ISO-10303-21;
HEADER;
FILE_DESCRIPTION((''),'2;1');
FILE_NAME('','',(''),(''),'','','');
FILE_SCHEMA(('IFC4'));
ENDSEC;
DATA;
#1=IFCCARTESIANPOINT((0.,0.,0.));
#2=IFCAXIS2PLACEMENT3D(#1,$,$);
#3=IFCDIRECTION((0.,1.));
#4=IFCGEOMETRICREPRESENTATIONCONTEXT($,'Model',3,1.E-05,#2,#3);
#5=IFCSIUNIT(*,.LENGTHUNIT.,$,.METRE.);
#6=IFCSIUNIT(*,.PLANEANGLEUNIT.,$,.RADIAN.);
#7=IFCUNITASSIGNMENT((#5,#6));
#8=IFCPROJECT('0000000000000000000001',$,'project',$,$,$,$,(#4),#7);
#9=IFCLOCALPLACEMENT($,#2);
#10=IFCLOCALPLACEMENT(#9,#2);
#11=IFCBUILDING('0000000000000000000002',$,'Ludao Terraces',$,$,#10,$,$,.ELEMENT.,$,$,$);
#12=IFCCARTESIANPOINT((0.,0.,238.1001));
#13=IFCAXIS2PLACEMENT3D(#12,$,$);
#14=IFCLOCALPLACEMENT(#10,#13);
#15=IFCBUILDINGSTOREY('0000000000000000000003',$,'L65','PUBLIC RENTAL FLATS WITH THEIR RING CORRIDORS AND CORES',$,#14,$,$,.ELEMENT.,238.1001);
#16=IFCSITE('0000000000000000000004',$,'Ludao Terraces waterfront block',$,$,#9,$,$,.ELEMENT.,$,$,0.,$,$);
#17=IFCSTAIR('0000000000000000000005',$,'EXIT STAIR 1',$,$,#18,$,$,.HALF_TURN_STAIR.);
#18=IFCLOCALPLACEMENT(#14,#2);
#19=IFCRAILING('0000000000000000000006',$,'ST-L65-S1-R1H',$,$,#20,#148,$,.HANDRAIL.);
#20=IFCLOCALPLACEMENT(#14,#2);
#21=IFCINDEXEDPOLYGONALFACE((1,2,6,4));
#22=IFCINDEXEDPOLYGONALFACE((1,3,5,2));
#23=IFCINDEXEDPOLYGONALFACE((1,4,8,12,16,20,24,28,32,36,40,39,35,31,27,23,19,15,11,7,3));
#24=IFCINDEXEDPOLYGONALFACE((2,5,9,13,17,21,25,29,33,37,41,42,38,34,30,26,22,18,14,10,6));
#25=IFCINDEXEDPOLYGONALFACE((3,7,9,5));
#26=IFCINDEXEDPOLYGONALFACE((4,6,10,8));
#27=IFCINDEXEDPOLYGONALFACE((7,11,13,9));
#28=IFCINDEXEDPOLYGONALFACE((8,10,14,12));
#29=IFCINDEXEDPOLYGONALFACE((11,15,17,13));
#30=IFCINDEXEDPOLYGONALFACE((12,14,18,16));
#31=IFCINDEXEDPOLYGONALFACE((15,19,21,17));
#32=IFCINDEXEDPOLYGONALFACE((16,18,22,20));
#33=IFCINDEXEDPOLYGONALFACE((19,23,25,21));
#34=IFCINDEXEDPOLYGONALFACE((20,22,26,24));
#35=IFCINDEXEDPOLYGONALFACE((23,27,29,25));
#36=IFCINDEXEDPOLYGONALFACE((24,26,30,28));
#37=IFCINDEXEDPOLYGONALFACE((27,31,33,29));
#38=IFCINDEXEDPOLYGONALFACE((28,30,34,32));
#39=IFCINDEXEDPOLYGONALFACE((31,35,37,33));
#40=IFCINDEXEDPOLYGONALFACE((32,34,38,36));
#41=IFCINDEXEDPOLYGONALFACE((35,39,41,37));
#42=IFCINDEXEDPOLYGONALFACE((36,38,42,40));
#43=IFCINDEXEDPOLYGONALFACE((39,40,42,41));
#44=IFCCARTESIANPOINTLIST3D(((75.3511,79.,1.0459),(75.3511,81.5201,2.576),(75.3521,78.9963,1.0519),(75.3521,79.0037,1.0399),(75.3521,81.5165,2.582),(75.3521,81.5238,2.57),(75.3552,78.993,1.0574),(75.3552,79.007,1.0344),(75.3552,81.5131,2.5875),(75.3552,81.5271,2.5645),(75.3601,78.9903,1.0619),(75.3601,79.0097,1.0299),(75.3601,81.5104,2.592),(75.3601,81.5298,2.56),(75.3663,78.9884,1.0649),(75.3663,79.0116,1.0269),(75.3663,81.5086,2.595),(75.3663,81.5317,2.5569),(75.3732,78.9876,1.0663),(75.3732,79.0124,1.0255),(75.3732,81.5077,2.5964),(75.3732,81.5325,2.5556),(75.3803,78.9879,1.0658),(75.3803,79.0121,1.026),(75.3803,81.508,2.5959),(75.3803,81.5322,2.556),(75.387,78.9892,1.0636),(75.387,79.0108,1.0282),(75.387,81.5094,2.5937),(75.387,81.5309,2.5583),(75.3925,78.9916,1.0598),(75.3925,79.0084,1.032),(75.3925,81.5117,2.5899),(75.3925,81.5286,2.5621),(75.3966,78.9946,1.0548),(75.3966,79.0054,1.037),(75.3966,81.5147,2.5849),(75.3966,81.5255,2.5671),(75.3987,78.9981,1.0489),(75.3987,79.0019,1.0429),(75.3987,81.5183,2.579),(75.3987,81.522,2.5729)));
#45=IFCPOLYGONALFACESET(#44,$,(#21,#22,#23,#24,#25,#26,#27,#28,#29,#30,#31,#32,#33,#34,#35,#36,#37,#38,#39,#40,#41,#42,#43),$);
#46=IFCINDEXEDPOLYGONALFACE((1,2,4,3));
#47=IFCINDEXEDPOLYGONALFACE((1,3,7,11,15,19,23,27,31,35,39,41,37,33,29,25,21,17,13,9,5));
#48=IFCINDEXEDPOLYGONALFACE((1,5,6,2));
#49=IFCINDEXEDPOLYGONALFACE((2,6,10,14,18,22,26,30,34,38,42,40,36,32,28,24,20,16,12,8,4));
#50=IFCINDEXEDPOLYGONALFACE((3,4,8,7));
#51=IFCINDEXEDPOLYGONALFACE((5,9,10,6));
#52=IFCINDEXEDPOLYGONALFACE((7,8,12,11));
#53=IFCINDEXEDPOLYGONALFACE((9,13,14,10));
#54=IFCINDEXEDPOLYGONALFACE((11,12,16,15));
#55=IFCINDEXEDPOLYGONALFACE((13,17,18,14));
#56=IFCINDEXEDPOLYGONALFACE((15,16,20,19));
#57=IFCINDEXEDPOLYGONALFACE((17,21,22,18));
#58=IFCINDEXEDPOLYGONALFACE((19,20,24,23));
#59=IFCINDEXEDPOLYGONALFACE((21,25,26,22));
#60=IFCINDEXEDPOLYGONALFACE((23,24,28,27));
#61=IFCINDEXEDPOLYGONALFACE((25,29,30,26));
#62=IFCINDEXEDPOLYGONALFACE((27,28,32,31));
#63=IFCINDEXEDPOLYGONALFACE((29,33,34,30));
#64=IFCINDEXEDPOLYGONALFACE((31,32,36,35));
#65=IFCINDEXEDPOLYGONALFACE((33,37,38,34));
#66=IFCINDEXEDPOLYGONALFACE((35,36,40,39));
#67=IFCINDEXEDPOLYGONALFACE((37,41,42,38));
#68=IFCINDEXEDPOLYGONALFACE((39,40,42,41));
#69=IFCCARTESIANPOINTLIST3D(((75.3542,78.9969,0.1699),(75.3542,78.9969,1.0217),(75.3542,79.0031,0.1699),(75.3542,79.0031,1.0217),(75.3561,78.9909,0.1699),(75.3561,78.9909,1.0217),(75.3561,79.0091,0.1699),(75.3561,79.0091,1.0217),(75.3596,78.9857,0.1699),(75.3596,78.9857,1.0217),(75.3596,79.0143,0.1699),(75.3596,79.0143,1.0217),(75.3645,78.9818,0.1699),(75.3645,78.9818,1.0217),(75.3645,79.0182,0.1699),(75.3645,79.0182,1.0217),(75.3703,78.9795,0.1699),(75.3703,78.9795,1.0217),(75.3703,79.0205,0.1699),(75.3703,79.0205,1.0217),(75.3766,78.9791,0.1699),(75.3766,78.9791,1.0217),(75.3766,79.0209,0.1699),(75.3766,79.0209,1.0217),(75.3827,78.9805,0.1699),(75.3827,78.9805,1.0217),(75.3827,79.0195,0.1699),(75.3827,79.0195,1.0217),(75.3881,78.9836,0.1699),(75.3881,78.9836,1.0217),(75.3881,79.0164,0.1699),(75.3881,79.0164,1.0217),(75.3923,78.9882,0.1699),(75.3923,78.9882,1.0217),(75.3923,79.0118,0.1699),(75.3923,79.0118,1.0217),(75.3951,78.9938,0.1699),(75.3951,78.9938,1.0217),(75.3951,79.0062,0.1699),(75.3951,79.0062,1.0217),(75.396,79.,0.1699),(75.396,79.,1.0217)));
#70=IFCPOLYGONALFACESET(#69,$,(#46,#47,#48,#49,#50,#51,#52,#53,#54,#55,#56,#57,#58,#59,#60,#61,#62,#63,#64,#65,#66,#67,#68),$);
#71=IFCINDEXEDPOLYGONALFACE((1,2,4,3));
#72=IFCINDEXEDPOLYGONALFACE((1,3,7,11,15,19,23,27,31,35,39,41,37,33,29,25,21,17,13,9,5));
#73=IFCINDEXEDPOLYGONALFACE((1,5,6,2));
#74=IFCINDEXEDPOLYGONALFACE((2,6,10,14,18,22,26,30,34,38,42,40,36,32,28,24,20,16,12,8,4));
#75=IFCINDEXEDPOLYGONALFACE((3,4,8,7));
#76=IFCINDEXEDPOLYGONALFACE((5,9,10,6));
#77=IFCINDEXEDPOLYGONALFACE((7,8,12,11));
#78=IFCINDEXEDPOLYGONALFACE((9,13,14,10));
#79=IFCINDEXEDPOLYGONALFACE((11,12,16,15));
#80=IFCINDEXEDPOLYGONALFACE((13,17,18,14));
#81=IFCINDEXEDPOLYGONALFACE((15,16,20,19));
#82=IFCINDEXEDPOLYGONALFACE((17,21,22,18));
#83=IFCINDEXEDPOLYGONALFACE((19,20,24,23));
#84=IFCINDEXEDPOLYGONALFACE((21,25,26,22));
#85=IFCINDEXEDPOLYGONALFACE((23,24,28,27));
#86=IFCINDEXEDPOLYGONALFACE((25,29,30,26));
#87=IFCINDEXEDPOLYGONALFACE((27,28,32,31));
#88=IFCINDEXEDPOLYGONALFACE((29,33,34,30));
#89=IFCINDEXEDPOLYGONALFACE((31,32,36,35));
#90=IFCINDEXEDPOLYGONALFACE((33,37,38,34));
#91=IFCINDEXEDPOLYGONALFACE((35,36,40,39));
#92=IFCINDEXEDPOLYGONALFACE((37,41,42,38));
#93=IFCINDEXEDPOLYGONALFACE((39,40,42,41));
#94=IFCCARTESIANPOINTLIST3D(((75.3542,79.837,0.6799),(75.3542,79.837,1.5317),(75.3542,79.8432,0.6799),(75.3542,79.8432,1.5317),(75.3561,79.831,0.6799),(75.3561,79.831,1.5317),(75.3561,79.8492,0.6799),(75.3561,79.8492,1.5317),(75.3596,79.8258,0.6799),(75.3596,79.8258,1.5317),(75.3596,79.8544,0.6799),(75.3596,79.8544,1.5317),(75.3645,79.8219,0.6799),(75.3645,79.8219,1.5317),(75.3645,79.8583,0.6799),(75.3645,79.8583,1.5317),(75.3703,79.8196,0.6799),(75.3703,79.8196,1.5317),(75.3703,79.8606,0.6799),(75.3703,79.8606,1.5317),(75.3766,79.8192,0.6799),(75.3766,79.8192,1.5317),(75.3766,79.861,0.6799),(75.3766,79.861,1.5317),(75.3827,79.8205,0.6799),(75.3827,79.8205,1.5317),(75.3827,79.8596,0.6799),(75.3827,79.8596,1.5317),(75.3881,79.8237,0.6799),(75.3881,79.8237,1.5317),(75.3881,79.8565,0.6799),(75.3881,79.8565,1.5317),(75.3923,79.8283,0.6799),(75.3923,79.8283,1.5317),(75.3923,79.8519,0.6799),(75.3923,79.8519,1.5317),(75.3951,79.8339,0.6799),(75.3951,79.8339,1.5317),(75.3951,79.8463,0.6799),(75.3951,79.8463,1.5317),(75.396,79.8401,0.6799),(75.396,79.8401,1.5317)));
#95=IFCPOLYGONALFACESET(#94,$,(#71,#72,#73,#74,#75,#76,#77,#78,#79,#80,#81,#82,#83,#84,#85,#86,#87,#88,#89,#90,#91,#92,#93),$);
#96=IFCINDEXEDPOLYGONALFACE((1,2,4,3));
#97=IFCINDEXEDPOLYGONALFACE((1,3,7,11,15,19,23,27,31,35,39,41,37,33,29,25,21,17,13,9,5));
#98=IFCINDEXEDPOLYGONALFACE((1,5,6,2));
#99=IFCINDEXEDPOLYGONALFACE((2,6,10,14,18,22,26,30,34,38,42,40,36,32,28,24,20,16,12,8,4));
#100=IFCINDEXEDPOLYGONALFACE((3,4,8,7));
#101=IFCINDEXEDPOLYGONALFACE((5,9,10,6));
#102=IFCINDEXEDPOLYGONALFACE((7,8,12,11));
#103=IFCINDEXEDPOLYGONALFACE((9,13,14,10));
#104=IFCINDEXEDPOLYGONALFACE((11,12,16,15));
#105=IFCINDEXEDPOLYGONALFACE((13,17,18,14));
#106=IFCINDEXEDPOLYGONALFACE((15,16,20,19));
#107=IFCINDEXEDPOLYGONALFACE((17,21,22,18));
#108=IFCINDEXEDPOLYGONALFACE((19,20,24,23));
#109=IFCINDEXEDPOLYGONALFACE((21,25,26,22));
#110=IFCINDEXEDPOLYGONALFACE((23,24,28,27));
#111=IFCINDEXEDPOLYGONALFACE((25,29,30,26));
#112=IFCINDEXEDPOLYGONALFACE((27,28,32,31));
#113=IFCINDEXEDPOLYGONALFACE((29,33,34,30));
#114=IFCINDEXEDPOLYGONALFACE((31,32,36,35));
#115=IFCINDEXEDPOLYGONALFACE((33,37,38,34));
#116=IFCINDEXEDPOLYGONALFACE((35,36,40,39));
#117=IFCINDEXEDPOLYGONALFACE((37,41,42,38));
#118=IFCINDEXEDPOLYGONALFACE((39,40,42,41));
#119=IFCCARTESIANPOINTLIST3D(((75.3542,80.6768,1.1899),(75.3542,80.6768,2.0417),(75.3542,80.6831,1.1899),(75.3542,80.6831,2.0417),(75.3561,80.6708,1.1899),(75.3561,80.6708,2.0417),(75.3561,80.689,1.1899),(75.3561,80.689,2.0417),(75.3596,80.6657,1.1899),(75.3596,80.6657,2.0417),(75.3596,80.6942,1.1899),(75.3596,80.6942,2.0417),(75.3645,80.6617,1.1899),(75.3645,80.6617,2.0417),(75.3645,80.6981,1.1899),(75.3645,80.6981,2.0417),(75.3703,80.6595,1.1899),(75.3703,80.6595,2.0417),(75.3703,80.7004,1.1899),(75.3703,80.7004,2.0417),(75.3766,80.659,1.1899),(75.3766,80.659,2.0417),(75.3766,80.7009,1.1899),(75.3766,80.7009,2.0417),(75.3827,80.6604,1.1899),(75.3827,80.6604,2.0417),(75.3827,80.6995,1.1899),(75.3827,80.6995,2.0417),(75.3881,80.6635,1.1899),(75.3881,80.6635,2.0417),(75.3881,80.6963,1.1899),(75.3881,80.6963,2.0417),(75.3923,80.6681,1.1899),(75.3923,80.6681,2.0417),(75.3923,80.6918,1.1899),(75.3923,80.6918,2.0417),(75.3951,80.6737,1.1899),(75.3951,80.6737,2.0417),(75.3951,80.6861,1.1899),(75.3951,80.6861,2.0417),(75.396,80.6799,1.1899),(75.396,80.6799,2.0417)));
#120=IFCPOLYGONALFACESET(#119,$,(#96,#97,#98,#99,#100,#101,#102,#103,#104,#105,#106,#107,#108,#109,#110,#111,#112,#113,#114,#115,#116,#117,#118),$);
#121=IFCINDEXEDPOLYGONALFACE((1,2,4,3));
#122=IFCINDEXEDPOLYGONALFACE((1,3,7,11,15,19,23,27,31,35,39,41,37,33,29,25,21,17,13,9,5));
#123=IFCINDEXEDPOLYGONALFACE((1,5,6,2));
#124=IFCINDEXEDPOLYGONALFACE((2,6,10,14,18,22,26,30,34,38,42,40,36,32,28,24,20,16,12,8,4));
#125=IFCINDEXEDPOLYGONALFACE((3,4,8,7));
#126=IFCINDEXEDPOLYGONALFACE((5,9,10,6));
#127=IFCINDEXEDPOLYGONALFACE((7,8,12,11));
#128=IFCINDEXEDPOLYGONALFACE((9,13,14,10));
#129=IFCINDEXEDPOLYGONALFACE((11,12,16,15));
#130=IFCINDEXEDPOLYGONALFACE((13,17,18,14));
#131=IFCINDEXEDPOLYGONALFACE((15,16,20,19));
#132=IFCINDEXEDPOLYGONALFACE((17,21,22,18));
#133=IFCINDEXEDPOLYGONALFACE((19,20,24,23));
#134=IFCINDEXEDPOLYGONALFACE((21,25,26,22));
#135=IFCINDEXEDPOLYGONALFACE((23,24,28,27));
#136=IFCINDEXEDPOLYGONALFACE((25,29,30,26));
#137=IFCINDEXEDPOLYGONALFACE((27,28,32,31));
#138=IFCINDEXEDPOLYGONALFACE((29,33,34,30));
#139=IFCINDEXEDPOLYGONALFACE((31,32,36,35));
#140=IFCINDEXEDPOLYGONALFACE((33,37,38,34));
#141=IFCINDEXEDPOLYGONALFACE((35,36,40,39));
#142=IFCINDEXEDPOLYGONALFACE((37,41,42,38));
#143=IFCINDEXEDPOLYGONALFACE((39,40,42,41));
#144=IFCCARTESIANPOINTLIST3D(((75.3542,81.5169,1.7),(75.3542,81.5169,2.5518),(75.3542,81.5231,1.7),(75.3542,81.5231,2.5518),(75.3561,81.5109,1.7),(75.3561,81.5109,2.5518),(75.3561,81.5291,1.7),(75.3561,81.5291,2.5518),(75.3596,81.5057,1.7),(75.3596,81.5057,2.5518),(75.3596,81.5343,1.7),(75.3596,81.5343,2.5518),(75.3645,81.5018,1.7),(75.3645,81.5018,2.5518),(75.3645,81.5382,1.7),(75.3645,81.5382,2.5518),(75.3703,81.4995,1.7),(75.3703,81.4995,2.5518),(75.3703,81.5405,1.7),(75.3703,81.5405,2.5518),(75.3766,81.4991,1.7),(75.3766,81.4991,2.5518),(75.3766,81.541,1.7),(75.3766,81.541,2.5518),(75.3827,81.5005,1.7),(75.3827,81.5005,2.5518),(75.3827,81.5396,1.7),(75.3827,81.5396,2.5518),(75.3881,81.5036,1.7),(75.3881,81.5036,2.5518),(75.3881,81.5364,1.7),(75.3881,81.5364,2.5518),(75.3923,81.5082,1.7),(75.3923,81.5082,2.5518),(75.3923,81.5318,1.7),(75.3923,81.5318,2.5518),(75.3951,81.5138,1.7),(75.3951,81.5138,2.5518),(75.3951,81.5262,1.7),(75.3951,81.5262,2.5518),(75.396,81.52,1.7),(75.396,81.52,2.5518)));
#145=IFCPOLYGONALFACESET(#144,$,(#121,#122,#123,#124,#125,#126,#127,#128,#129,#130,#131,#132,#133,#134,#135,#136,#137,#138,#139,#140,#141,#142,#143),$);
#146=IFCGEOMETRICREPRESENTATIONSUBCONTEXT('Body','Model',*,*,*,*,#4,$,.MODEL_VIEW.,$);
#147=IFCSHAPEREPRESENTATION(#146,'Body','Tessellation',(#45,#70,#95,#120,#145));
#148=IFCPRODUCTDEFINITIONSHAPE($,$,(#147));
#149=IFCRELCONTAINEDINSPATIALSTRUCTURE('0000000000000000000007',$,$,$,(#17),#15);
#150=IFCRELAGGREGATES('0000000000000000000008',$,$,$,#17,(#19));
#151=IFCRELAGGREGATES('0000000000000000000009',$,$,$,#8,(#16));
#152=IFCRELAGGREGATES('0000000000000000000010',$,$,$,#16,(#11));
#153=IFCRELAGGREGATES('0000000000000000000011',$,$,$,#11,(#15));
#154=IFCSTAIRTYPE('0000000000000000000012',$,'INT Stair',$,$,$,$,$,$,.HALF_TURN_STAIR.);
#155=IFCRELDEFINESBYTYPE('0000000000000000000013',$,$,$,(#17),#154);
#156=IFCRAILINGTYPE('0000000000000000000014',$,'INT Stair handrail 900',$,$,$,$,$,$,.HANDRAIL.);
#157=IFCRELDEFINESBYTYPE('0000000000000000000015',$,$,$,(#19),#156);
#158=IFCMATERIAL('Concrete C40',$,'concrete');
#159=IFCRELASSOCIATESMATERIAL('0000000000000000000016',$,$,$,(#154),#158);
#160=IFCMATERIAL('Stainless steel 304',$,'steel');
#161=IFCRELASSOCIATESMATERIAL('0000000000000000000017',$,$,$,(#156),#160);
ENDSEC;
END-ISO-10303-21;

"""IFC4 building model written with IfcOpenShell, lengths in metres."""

from ifc_helpers import new_model, si_unit, direction, frame, origin, origin_2d, place, context, subcontext, project, spatial, circle, extrude, material, type_object, element, aggregate, save


model = new_model("IFC4")

# Units and contexts
model_context = context("Model", 3, precision=1e-05, world=origin(), true_north=direction((0.0, 1.0)))
body_context = subcontext(model_context, "Body", "Model", "MODEL_VIEW")
ifc_project = project(units=[si_unit("LENGTHUNIT", "METRE"), si_unit("PLANEANGLEUNIT", "RADIAN")], contexts=[model_context])

# Site, building, storey
site_placement = place(None, origin())
site = spatial("IfcSite", under=ifc_project, at=site_placement, Name="Ludao Terraces waterfront block", CompositionType="ELEMENT", RefElevation=0.0)
building_placement = place(site_placement, origin())
building = spatial("IfcBuilding", under=site, at=building_placement, Name="Ludao Terraces", CompositionType="ELEMENT")
storey_placement = place(building_placement, frame((0.0, 0.0, 238.1001)))
storey = spatial("IfcBuildingStorey", under=building, at=storey_placement, Name="L65", Description="PUBLIC RENTAL FLATS WITH THEIR RING CORRIDORS AND CORES", CompositionType="ELEMENT", Elevation=238.1001)

# Shared definitions
ifc_material_1 = material(Name="Concrete C40", Category="concrete")

# Shared definitions
ifc_material_2 = material(Name="Stainless steel 304", Category="steel")

# Stair, railing
stair_type = type_object("IfcStairType", Name="INT Stair", PredefinedType="HALF_TURN_STAIR", material=ifc_material_1)
stair_placement = place(storey_placement, origin())
stair = element("IfcStair", 1, at=stair_placement, inside=storey, type_object=stair_type, Name="EXIT STAIR 1", PredefinedType="HALF_TURN_STAIR")
railing_type_1 = type_object("IfcRailingType", Name="INT Stair handrail 900", PredefinedType="HANDRAIL", material=ifc_material_2)
railing_1_placement = place(storey_placement, frame((75.375, 79.0, 0.1699)))
railing_1 = element("IfcRailing", 2, at=railing_1_placement, type_object=railing_type_1, Name="ST-L65-S1-R1H", PredefinedType="HANDRAIL", context=body_context, shape_type="SweptSolid", body=[
    extrude(circle(Radius=0.0239, at=origin_2d()), frame((0.0, 0.0, 0.876), z_axis=(0.0, 0.854785, 0.518982), x_axis=(-1.0, 0.0, 0.0)), (0.0, 0.0, 1.0), 2.9482),
    extrude(circle(Radius=0.021, at=origin_2d()), origin(), (0.0, 0.0, 1.0), 0.8518),
    extrude(circle(Radius=0.021, at=origin_2d()), frame((0.0, 0.8401, 0.51)), (0.0, 0.0, 1.0), 0.8518),
    extrude(circle(Radius=0.021, at=origin_2d()), frame((0.0, 1.6799, 1.02)), (0.0, 0.0, 1.0), 0.8518),
    extrude(circle(Radius=0.021, at=origin_2d()), frame((0.0, 2.52, 1.53)), (0.0, 0.0, 1.0), 0.8518),
])
aggregate(stair, [railing_1])

save(model, "model.ifc")
